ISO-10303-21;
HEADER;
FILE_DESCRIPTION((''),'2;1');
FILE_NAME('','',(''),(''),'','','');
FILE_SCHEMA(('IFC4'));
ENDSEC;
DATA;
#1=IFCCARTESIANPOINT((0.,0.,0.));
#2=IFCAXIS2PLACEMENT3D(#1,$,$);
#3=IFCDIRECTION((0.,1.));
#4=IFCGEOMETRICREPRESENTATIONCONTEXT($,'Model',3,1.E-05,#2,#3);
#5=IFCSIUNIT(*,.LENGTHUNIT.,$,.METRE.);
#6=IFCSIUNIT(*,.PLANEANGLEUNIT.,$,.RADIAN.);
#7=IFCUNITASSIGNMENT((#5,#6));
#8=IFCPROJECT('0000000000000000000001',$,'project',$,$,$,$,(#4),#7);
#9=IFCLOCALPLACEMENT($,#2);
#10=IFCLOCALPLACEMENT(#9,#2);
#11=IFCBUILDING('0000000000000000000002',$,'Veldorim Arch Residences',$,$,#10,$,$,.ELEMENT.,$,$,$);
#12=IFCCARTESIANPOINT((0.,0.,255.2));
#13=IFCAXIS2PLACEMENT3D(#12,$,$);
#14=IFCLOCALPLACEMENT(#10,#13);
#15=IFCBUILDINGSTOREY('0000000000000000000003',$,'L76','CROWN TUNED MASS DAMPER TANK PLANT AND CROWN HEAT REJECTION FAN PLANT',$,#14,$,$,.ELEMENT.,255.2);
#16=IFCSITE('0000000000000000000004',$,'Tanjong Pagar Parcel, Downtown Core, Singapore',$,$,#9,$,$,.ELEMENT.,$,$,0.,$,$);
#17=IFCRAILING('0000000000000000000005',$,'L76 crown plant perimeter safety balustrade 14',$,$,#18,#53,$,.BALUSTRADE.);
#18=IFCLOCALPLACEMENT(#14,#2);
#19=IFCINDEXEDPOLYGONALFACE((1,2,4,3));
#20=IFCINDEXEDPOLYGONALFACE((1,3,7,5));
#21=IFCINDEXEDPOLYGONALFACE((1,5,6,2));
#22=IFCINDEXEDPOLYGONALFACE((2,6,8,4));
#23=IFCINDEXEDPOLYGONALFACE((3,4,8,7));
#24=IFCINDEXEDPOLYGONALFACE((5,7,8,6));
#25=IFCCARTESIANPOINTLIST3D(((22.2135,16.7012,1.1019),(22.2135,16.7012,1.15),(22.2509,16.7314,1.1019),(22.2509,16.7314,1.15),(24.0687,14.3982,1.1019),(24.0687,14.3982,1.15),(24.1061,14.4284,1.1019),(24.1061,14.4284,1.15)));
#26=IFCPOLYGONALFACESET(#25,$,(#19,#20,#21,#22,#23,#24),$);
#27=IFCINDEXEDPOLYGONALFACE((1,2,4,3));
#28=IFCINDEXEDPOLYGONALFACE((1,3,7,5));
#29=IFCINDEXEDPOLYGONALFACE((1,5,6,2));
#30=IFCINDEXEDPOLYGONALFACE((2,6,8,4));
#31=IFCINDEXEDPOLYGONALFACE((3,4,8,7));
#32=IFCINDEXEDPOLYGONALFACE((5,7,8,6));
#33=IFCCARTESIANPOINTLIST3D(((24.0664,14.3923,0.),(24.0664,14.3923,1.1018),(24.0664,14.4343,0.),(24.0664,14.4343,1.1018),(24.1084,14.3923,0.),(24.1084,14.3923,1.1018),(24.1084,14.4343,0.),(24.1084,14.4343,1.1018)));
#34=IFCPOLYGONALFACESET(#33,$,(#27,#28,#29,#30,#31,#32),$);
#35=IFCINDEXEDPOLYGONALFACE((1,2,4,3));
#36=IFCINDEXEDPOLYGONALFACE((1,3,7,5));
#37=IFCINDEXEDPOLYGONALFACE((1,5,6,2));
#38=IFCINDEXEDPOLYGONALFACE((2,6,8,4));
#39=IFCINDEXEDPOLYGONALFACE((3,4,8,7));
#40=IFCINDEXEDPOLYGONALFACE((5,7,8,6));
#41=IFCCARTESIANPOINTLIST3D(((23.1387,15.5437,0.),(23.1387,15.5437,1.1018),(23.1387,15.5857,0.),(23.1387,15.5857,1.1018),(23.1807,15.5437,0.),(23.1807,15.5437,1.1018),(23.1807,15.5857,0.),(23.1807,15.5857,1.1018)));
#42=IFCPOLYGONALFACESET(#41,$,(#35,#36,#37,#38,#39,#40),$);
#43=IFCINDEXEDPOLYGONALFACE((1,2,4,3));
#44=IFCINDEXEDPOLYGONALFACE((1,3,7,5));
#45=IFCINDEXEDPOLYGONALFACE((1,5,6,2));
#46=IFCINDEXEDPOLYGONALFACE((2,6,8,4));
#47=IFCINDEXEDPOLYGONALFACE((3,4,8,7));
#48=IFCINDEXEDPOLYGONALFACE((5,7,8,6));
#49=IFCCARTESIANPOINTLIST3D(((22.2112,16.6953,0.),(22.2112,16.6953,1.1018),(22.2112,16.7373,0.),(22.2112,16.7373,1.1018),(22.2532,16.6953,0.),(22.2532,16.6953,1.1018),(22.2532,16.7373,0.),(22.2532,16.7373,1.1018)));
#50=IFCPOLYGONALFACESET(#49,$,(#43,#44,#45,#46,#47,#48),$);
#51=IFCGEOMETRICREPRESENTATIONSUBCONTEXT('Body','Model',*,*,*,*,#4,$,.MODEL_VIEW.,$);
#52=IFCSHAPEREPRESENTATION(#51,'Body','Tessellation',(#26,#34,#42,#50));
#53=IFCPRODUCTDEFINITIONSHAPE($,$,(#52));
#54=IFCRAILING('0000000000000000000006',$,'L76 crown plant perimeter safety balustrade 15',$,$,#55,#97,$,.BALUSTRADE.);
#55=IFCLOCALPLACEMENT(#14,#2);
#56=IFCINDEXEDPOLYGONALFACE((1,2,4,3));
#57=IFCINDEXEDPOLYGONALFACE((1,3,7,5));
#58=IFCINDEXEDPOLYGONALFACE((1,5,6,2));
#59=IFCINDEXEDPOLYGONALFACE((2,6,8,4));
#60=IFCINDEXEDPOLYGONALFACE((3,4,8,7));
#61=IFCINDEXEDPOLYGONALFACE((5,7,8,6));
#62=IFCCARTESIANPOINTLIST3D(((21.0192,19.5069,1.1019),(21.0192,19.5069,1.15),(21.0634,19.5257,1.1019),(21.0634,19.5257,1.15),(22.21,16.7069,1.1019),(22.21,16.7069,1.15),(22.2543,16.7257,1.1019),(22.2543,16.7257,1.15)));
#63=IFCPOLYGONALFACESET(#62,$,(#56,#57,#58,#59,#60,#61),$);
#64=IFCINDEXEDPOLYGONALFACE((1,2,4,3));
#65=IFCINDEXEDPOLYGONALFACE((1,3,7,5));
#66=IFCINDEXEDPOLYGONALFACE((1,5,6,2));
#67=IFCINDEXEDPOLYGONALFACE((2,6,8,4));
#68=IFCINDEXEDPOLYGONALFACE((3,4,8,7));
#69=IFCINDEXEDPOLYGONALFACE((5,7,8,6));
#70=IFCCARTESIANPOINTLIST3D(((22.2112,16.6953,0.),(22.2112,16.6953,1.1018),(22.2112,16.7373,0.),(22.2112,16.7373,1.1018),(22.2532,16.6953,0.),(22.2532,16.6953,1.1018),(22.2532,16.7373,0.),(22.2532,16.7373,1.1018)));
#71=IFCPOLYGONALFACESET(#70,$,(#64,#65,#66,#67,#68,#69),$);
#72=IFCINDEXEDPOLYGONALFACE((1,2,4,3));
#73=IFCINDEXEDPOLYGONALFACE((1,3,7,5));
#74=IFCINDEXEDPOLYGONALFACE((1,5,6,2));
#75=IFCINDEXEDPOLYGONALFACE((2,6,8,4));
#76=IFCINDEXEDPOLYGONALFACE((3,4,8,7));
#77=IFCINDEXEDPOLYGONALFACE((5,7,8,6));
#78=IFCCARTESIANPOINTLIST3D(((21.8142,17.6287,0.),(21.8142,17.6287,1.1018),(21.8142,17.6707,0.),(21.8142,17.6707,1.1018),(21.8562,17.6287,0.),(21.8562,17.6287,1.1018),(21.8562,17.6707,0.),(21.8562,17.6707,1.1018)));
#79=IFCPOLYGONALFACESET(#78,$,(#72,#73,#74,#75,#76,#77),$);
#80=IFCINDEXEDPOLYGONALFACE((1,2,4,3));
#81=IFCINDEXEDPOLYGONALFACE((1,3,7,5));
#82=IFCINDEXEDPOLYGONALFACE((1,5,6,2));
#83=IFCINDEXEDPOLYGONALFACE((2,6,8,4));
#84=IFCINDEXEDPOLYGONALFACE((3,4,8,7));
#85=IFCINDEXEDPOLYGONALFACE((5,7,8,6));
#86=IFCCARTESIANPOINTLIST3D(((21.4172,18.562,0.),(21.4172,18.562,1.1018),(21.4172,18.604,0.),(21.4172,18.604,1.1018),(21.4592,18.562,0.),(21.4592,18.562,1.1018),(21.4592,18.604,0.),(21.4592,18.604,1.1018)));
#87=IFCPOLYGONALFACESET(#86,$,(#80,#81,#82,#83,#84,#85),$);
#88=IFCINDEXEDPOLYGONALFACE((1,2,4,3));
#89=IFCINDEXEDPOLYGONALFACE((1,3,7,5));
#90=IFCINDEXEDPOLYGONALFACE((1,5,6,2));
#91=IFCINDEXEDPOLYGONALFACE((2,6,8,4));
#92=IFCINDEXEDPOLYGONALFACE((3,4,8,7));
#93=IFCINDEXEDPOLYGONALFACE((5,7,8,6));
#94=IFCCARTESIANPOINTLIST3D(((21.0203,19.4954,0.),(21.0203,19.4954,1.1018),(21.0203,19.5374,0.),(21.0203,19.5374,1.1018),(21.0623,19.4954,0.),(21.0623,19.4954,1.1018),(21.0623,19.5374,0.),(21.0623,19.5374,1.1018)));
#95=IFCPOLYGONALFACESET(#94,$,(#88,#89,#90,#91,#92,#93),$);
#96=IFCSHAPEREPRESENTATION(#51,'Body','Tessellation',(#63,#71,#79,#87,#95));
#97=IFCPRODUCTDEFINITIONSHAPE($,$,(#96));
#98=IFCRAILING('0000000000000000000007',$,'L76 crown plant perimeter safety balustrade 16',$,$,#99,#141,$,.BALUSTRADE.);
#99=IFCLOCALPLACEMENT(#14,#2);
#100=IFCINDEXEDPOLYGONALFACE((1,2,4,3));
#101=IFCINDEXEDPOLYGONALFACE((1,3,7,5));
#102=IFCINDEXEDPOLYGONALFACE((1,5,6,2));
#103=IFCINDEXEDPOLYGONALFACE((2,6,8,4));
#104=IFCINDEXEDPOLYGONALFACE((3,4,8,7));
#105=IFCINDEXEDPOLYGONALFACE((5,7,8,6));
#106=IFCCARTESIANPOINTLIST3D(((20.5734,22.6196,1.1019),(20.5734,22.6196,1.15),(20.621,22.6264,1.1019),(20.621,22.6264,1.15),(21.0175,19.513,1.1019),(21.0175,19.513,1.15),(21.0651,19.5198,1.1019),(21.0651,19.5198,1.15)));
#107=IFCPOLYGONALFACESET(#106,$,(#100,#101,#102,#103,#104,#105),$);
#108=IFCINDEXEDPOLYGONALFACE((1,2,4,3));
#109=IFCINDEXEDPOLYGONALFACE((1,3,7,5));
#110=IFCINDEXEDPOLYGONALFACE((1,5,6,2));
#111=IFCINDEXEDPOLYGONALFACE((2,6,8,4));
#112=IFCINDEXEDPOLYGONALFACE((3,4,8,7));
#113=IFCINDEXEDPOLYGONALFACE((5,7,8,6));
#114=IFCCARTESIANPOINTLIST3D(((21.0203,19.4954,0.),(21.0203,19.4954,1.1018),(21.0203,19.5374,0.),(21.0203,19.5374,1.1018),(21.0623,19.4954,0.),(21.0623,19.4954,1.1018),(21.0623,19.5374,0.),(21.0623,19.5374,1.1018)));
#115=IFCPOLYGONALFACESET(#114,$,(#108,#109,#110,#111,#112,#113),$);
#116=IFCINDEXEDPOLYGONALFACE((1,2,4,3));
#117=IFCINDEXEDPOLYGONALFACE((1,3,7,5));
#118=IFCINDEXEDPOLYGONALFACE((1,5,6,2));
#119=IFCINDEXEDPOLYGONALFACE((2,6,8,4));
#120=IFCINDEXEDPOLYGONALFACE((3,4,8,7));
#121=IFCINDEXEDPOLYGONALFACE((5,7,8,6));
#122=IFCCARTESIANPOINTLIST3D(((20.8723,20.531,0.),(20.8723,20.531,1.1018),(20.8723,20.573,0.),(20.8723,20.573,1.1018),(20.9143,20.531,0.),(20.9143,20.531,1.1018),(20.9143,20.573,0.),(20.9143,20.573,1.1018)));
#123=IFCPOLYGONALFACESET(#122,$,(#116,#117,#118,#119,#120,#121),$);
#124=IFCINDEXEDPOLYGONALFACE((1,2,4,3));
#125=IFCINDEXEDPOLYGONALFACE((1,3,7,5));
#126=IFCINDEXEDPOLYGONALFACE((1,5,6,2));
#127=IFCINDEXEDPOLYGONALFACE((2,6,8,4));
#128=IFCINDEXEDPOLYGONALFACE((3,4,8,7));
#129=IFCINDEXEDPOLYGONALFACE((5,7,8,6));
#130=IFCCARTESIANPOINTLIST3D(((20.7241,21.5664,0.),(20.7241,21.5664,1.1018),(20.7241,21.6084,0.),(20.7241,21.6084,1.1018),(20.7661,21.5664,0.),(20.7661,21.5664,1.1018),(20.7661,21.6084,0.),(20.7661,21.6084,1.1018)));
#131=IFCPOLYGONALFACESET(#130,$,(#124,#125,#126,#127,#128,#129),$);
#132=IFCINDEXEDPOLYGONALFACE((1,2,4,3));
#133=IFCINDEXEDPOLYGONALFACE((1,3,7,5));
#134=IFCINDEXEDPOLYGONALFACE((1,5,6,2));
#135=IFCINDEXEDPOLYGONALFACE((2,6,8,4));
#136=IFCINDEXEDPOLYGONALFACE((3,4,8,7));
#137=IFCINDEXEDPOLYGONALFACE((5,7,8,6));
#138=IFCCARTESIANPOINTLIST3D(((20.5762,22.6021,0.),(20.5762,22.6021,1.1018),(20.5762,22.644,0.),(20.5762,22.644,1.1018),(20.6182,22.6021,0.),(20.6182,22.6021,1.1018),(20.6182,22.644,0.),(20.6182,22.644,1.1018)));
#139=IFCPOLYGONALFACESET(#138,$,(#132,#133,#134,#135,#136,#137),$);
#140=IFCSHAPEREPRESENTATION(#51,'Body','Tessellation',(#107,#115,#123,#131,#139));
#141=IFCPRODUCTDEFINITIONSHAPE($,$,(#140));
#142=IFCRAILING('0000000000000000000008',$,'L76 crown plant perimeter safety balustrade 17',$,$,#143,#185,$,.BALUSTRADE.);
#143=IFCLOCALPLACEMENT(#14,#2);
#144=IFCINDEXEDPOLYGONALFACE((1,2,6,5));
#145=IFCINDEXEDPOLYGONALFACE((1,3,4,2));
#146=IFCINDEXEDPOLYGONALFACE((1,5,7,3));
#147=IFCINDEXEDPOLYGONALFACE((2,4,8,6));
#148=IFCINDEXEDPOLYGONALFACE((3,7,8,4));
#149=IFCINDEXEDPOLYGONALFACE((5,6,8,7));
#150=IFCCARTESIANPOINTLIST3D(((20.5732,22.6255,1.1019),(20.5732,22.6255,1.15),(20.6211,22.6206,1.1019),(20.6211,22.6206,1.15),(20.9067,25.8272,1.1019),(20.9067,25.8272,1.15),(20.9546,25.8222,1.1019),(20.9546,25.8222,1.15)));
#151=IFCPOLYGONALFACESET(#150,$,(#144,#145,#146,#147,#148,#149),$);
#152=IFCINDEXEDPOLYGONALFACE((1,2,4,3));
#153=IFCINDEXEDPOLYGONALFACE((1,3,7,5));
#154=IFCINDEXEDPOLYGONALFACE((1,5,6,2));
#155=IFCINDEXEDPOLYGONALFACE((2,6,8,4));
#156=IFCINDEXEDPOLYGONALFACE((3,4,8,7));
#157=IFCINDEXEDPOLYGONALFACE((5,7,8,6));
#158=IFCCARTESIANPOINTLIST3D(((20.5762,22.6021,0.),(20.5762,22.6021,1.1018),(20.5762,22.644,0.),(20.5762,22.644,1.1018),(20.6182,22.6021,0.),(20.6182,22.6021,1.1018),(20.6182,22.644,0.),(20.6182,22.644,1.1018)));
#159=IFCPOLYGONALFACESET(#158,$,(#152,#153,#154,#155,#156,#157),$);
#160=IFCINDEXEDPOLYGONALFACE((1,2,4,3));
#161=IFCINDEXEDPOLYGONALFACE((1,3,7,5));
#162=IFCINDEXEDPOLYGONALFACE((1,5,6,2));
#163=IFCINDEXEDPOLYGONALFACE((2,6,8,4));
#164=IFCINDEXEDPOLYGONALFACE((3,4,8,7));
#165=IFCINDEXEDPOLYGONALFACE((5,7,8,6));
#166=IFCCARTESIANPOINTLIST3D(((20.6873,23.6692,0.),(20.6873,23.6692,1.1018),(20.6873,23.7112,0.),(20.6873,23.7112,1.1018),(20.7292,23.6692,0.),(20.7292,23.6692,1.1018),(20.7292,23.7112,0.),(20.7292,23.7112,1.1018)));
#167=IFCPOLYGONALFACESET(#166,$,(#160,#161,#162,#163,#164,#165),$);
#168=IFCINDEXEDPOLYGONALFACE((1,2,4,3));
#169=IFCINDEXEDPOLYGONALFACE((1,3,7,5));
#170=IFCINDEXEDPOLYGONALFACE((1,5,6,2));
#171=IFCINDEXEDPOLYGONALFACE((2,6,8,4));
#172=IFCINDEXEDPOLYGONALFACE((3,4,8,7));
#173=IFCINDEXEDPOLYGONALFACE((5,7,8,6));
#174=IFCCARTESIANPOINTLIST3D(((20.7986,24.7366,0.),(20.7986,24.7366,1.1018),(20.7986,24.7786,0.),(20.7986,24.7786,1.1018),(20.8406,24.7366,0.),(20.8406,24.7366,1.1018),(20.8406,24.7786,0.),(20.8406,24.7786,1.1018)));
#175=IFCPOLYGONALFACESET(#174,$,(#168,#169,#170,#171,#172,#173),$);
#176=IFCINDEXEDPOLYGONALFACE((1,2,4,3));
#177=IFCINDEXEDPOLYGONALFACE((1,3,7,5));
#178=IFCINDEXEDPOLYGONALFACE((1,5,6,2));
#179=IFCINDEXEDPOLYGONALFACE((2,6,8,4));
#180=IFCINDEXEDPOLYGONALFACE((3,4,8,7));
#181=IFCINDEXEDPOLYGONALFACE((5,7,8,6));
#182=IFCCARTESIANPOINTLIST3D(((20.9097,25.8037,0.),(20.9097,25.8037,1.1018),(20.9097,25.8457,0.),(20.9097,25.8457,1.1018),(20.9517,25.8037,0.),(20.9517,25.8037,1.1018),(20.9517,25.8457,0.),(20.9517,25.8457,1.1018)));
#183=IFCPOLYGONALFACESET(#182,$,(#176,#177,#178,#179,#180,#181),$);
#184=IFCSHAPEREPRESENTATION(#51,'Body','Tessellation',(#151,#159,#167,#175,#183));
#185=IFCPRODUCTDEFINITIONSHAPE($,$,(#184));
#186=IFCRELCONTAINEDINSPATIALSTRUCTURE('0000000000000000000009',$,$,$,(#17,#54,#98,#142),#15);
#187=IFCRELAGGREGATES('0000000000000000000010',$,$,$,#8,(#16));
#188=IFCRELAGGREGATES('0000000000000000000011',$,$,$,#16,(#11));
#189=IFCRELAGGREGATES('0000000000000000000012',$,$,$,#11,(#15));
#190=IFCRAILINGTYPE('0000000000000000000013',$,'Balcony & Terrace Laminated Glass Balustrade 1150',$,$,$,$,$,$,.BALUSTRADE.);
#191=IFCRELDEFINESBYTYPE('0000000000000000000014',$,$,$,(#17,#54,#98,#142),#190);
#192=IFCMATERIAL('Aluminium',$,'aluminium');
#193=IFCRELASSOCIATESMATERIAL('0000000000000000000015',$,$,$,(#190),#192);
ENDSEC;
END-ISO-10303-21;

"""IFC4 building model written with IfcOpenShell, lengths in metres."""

from ifc_helpers import new_model, si_unit, direction, frame, origin, origin_2d, place, context, subcontext, project, spatial, rectangle, extrude, material, type_object, element, save


model = new_model("IFC4")

# Units and contexts
model_context = context("Model", 3, precision=1e-05, world=origin(), true_north=direction((0.0, 1.0)))
body_context = subcontext(model_context, "Body", "Model", "MODEL_VIEW")
ifc_project = project(units=[si_unit("LENGTHUNIT", "METRE"), si_unit("PLANEANGLEUNIT", "RADIAN")], contexts=[model_context])

# Site, building, storey
site_placement = place(None, origin())
site = spatial("IfcSite", under=ifc_project, at=site_placement, Name="Tanjong Pagar Parcel, Downtown Core, Singapore", CompositionType="ELEMENT", RefElevation=0.0)
building_placement = place(site_placement, origin())
building = spatial("IfcBuilding", under=site, at=building_placement, Name="Veldorim Arch Residences", CompositionType="ELEMENT")
storey_placement = place(building_placement, frame((0.0, 0.0, 255.2)))
storey = spatial("IfcBuildingStorey", under=building, at=storey_placement, Name="L76", Description="CROWN TUNED MASS DAMPER TANK PLANT AND CROWN HEAT REJECTION FAN PLANT", CompositionType="ELEMENT", Elevation=255.2)

# Railings
ifc_material_1 = material(Name="Aluminium", Category="aluminium")
railing_type = type_object("IfcRailingType", Name="Balcony & Terrace Laminated Glass Balustrade 1150", PredefinedType="BALUSTRADE", material=ifc_material_1)
railing_1_placement = place(storey_placement, frame((24.0874, 14.4133, 0.0)))
element("IfcRailing", 1, at=railing_1_placement, inside=storey, type_object=railing_type, Name="L76 crown plant perimeter safety balustrade 14", PredefinedType="BALUSTRADE", context=body_context, shape_type="SweptSolid", body=[
    extrude(rectangle(XDim=0.0481, YDim=0.0481, at=origin_2d()), frame((0.0, 0.0, 1.126), z_axis=(-0.627339, 0.778746, 0.0), x_axis=(-0.778746, -0.627339, 0.0)), (0.0, 0.0, 1.0), 2.9573),
    extrude(rectangle(XDim=0.042, YDim=0.042, at=origin_2d()), origin(), (0.0, 0.0, 1.0), 1.1018),
    extrude(rectangle(XDim=0.042, YDim=0.042, at=origin_2d()), frame((-0.9277, 1.1514, 0.0)), (0.0, 0.0, 1.0), 1.1018),
    extrude(rectangle(XDim=0.042, YDim=0.042, at=origin_2d()), frame((-1.8552, 2.303, 0.0)), (0.0, 0.0, 1.0), 1.1018),
])
railing_2_placement = place(storey_placement, frame((22.2322, 16.7163, 0.0)))
element("IfcRailing", 2, at=railing_2_placement, inside=storey, type_object=railing_type, Name="L76 crown plant perimeter safety balustrade 15", PredefinedType="BALUSTRADE", context=body_context, shape_type="SweptSolid", body=[
    extrude(rectangle(XDim=0.0481, YDim=0.0481, at=origin_2d()), frame((0.0, 0.0, 1.126), z_axis=(-0.39139, 0.920225, 0.0), x_axis=(-0.920225, -0.39139, 0.0)), (0.0, 0.0, 1.0), 3.0427),
    extrude(rectangle(XDim=0.042, YDim=0.042, at=origin_2d()), origin(), (0.0, 0.0, 1.0), 1.1018),
    extrude(rectangle(XDim=0.042, YDim=0.042, at=origin_2d()), frame((-0.397, 0.9333, 0.0)), (0.0, 0.0, 1.0), 1.1018),
    extrude(rectangle(XDim=0.042, YDim=0.042, at=origin_2d()), frame((-0.7939, 1.8667, 0.0)), (0.0, 0.0, 1.0), 1.1018),
    extrude(rectangle(XDim=0.042, YDim=0.042, at=origin_2d()), frame((-1.1909, 2.8, 0.0)), (0.0, 0.0, 1.0), 1.1018),
])
railing_3_placement = place(storey_placement, frame((21.0413, 19.5164, 0.0)))
element("IfcRailing", 3, at=railing_3_placement, inside=storey, type_object=railing_type, Name="L76 crown plant perimeter safety balustrade 16", PredefinedType="BALUSTRADE", context=body_context, shape_type="SweptSolid", body=[
    extrude(rectangle(XDim=0.0481, YDim=0.0481, at=origin_2d()), frame((0.0, 0.0, 1.126), z_axis=(-0.141508, 0.989937, 0.0), x_axis=(-0.989937, -0.141508, 0.0)), (0.0, 0.0, 1.0), 3.1382),
    extrude(rectangle(XDim=0.042, YDim=0.042, at=origin_2d()), origin(), (0.0, 0.0, 1.0), 1.1018),
    extrude(rectangle(XDim=0.042, YDim=0.042, at=origin_2d()), frame((-0.1479, 1.0356, 0.0)), (0.0, 0.0, 1.0), 1.1018),
    extrude(rectangle(XDim=0.042, YDim=0.042, at=origin_2d()), frame((-0.2961, 2.071, 0.0)), (0.0, 0.0, 1.0), 1.1018),
    extrude(rectangle(XDim=0.042, YDim=0.042, at=origin_2d()), frame((-0.4441, 3.1067, 0.0)), (0.0, 0.0, 1.0), 1.1018),
])
railing_4_placement = place(storey_placement, frame((20.5972, 22.623, 0.0)))
element("IfcRailing", 4, at=railing_4_placement, inside=storey, type_object=railing_type, Name="L76 crown plant perimeter safety balustrade 17", PredefinedType="BALUSTRADE", context=body_context, shape_type="SweptSolid", body=[
    extrude(rectangle(XDim=0.0481, YDim=0.0481, at=origin_2d()), frame((0.0, 0.0, 1.126), z_axis=(0.103603, 0.994619, 0.0), x_axis=(-0.994619, 0.103603, 0.0)), (0.0, 0.0, 1.0), 3.219),
    extrude(rectangle(XDim=0.042, YDim=0.042, at=origin_2d()), origin(), (0.0, 0.0, 1.0), 1.1018),
    extrude(rectangle(XDim=0.042, YDim=0.042, at=origin_2d()), frame((0.1111, 1.0671, 0.0)), (0.0, 0.0, 1.0), 1.1018),
    extrude(rectangle(XDim=0.042, YDim=0.042, at=origin_2d()), frame((0.2224, 2.1345, 0.0)), (0.0, 0.0, 1.0), 1.1018),
    extrude(rectangle(XDim=0.042, YDim=0.042, at=origin_2d()), frame((0.3335, 3.2017, 0.0)), (0.0, 0.0, 1.0), 1.1018),
])

save(model, "model.ifc")
